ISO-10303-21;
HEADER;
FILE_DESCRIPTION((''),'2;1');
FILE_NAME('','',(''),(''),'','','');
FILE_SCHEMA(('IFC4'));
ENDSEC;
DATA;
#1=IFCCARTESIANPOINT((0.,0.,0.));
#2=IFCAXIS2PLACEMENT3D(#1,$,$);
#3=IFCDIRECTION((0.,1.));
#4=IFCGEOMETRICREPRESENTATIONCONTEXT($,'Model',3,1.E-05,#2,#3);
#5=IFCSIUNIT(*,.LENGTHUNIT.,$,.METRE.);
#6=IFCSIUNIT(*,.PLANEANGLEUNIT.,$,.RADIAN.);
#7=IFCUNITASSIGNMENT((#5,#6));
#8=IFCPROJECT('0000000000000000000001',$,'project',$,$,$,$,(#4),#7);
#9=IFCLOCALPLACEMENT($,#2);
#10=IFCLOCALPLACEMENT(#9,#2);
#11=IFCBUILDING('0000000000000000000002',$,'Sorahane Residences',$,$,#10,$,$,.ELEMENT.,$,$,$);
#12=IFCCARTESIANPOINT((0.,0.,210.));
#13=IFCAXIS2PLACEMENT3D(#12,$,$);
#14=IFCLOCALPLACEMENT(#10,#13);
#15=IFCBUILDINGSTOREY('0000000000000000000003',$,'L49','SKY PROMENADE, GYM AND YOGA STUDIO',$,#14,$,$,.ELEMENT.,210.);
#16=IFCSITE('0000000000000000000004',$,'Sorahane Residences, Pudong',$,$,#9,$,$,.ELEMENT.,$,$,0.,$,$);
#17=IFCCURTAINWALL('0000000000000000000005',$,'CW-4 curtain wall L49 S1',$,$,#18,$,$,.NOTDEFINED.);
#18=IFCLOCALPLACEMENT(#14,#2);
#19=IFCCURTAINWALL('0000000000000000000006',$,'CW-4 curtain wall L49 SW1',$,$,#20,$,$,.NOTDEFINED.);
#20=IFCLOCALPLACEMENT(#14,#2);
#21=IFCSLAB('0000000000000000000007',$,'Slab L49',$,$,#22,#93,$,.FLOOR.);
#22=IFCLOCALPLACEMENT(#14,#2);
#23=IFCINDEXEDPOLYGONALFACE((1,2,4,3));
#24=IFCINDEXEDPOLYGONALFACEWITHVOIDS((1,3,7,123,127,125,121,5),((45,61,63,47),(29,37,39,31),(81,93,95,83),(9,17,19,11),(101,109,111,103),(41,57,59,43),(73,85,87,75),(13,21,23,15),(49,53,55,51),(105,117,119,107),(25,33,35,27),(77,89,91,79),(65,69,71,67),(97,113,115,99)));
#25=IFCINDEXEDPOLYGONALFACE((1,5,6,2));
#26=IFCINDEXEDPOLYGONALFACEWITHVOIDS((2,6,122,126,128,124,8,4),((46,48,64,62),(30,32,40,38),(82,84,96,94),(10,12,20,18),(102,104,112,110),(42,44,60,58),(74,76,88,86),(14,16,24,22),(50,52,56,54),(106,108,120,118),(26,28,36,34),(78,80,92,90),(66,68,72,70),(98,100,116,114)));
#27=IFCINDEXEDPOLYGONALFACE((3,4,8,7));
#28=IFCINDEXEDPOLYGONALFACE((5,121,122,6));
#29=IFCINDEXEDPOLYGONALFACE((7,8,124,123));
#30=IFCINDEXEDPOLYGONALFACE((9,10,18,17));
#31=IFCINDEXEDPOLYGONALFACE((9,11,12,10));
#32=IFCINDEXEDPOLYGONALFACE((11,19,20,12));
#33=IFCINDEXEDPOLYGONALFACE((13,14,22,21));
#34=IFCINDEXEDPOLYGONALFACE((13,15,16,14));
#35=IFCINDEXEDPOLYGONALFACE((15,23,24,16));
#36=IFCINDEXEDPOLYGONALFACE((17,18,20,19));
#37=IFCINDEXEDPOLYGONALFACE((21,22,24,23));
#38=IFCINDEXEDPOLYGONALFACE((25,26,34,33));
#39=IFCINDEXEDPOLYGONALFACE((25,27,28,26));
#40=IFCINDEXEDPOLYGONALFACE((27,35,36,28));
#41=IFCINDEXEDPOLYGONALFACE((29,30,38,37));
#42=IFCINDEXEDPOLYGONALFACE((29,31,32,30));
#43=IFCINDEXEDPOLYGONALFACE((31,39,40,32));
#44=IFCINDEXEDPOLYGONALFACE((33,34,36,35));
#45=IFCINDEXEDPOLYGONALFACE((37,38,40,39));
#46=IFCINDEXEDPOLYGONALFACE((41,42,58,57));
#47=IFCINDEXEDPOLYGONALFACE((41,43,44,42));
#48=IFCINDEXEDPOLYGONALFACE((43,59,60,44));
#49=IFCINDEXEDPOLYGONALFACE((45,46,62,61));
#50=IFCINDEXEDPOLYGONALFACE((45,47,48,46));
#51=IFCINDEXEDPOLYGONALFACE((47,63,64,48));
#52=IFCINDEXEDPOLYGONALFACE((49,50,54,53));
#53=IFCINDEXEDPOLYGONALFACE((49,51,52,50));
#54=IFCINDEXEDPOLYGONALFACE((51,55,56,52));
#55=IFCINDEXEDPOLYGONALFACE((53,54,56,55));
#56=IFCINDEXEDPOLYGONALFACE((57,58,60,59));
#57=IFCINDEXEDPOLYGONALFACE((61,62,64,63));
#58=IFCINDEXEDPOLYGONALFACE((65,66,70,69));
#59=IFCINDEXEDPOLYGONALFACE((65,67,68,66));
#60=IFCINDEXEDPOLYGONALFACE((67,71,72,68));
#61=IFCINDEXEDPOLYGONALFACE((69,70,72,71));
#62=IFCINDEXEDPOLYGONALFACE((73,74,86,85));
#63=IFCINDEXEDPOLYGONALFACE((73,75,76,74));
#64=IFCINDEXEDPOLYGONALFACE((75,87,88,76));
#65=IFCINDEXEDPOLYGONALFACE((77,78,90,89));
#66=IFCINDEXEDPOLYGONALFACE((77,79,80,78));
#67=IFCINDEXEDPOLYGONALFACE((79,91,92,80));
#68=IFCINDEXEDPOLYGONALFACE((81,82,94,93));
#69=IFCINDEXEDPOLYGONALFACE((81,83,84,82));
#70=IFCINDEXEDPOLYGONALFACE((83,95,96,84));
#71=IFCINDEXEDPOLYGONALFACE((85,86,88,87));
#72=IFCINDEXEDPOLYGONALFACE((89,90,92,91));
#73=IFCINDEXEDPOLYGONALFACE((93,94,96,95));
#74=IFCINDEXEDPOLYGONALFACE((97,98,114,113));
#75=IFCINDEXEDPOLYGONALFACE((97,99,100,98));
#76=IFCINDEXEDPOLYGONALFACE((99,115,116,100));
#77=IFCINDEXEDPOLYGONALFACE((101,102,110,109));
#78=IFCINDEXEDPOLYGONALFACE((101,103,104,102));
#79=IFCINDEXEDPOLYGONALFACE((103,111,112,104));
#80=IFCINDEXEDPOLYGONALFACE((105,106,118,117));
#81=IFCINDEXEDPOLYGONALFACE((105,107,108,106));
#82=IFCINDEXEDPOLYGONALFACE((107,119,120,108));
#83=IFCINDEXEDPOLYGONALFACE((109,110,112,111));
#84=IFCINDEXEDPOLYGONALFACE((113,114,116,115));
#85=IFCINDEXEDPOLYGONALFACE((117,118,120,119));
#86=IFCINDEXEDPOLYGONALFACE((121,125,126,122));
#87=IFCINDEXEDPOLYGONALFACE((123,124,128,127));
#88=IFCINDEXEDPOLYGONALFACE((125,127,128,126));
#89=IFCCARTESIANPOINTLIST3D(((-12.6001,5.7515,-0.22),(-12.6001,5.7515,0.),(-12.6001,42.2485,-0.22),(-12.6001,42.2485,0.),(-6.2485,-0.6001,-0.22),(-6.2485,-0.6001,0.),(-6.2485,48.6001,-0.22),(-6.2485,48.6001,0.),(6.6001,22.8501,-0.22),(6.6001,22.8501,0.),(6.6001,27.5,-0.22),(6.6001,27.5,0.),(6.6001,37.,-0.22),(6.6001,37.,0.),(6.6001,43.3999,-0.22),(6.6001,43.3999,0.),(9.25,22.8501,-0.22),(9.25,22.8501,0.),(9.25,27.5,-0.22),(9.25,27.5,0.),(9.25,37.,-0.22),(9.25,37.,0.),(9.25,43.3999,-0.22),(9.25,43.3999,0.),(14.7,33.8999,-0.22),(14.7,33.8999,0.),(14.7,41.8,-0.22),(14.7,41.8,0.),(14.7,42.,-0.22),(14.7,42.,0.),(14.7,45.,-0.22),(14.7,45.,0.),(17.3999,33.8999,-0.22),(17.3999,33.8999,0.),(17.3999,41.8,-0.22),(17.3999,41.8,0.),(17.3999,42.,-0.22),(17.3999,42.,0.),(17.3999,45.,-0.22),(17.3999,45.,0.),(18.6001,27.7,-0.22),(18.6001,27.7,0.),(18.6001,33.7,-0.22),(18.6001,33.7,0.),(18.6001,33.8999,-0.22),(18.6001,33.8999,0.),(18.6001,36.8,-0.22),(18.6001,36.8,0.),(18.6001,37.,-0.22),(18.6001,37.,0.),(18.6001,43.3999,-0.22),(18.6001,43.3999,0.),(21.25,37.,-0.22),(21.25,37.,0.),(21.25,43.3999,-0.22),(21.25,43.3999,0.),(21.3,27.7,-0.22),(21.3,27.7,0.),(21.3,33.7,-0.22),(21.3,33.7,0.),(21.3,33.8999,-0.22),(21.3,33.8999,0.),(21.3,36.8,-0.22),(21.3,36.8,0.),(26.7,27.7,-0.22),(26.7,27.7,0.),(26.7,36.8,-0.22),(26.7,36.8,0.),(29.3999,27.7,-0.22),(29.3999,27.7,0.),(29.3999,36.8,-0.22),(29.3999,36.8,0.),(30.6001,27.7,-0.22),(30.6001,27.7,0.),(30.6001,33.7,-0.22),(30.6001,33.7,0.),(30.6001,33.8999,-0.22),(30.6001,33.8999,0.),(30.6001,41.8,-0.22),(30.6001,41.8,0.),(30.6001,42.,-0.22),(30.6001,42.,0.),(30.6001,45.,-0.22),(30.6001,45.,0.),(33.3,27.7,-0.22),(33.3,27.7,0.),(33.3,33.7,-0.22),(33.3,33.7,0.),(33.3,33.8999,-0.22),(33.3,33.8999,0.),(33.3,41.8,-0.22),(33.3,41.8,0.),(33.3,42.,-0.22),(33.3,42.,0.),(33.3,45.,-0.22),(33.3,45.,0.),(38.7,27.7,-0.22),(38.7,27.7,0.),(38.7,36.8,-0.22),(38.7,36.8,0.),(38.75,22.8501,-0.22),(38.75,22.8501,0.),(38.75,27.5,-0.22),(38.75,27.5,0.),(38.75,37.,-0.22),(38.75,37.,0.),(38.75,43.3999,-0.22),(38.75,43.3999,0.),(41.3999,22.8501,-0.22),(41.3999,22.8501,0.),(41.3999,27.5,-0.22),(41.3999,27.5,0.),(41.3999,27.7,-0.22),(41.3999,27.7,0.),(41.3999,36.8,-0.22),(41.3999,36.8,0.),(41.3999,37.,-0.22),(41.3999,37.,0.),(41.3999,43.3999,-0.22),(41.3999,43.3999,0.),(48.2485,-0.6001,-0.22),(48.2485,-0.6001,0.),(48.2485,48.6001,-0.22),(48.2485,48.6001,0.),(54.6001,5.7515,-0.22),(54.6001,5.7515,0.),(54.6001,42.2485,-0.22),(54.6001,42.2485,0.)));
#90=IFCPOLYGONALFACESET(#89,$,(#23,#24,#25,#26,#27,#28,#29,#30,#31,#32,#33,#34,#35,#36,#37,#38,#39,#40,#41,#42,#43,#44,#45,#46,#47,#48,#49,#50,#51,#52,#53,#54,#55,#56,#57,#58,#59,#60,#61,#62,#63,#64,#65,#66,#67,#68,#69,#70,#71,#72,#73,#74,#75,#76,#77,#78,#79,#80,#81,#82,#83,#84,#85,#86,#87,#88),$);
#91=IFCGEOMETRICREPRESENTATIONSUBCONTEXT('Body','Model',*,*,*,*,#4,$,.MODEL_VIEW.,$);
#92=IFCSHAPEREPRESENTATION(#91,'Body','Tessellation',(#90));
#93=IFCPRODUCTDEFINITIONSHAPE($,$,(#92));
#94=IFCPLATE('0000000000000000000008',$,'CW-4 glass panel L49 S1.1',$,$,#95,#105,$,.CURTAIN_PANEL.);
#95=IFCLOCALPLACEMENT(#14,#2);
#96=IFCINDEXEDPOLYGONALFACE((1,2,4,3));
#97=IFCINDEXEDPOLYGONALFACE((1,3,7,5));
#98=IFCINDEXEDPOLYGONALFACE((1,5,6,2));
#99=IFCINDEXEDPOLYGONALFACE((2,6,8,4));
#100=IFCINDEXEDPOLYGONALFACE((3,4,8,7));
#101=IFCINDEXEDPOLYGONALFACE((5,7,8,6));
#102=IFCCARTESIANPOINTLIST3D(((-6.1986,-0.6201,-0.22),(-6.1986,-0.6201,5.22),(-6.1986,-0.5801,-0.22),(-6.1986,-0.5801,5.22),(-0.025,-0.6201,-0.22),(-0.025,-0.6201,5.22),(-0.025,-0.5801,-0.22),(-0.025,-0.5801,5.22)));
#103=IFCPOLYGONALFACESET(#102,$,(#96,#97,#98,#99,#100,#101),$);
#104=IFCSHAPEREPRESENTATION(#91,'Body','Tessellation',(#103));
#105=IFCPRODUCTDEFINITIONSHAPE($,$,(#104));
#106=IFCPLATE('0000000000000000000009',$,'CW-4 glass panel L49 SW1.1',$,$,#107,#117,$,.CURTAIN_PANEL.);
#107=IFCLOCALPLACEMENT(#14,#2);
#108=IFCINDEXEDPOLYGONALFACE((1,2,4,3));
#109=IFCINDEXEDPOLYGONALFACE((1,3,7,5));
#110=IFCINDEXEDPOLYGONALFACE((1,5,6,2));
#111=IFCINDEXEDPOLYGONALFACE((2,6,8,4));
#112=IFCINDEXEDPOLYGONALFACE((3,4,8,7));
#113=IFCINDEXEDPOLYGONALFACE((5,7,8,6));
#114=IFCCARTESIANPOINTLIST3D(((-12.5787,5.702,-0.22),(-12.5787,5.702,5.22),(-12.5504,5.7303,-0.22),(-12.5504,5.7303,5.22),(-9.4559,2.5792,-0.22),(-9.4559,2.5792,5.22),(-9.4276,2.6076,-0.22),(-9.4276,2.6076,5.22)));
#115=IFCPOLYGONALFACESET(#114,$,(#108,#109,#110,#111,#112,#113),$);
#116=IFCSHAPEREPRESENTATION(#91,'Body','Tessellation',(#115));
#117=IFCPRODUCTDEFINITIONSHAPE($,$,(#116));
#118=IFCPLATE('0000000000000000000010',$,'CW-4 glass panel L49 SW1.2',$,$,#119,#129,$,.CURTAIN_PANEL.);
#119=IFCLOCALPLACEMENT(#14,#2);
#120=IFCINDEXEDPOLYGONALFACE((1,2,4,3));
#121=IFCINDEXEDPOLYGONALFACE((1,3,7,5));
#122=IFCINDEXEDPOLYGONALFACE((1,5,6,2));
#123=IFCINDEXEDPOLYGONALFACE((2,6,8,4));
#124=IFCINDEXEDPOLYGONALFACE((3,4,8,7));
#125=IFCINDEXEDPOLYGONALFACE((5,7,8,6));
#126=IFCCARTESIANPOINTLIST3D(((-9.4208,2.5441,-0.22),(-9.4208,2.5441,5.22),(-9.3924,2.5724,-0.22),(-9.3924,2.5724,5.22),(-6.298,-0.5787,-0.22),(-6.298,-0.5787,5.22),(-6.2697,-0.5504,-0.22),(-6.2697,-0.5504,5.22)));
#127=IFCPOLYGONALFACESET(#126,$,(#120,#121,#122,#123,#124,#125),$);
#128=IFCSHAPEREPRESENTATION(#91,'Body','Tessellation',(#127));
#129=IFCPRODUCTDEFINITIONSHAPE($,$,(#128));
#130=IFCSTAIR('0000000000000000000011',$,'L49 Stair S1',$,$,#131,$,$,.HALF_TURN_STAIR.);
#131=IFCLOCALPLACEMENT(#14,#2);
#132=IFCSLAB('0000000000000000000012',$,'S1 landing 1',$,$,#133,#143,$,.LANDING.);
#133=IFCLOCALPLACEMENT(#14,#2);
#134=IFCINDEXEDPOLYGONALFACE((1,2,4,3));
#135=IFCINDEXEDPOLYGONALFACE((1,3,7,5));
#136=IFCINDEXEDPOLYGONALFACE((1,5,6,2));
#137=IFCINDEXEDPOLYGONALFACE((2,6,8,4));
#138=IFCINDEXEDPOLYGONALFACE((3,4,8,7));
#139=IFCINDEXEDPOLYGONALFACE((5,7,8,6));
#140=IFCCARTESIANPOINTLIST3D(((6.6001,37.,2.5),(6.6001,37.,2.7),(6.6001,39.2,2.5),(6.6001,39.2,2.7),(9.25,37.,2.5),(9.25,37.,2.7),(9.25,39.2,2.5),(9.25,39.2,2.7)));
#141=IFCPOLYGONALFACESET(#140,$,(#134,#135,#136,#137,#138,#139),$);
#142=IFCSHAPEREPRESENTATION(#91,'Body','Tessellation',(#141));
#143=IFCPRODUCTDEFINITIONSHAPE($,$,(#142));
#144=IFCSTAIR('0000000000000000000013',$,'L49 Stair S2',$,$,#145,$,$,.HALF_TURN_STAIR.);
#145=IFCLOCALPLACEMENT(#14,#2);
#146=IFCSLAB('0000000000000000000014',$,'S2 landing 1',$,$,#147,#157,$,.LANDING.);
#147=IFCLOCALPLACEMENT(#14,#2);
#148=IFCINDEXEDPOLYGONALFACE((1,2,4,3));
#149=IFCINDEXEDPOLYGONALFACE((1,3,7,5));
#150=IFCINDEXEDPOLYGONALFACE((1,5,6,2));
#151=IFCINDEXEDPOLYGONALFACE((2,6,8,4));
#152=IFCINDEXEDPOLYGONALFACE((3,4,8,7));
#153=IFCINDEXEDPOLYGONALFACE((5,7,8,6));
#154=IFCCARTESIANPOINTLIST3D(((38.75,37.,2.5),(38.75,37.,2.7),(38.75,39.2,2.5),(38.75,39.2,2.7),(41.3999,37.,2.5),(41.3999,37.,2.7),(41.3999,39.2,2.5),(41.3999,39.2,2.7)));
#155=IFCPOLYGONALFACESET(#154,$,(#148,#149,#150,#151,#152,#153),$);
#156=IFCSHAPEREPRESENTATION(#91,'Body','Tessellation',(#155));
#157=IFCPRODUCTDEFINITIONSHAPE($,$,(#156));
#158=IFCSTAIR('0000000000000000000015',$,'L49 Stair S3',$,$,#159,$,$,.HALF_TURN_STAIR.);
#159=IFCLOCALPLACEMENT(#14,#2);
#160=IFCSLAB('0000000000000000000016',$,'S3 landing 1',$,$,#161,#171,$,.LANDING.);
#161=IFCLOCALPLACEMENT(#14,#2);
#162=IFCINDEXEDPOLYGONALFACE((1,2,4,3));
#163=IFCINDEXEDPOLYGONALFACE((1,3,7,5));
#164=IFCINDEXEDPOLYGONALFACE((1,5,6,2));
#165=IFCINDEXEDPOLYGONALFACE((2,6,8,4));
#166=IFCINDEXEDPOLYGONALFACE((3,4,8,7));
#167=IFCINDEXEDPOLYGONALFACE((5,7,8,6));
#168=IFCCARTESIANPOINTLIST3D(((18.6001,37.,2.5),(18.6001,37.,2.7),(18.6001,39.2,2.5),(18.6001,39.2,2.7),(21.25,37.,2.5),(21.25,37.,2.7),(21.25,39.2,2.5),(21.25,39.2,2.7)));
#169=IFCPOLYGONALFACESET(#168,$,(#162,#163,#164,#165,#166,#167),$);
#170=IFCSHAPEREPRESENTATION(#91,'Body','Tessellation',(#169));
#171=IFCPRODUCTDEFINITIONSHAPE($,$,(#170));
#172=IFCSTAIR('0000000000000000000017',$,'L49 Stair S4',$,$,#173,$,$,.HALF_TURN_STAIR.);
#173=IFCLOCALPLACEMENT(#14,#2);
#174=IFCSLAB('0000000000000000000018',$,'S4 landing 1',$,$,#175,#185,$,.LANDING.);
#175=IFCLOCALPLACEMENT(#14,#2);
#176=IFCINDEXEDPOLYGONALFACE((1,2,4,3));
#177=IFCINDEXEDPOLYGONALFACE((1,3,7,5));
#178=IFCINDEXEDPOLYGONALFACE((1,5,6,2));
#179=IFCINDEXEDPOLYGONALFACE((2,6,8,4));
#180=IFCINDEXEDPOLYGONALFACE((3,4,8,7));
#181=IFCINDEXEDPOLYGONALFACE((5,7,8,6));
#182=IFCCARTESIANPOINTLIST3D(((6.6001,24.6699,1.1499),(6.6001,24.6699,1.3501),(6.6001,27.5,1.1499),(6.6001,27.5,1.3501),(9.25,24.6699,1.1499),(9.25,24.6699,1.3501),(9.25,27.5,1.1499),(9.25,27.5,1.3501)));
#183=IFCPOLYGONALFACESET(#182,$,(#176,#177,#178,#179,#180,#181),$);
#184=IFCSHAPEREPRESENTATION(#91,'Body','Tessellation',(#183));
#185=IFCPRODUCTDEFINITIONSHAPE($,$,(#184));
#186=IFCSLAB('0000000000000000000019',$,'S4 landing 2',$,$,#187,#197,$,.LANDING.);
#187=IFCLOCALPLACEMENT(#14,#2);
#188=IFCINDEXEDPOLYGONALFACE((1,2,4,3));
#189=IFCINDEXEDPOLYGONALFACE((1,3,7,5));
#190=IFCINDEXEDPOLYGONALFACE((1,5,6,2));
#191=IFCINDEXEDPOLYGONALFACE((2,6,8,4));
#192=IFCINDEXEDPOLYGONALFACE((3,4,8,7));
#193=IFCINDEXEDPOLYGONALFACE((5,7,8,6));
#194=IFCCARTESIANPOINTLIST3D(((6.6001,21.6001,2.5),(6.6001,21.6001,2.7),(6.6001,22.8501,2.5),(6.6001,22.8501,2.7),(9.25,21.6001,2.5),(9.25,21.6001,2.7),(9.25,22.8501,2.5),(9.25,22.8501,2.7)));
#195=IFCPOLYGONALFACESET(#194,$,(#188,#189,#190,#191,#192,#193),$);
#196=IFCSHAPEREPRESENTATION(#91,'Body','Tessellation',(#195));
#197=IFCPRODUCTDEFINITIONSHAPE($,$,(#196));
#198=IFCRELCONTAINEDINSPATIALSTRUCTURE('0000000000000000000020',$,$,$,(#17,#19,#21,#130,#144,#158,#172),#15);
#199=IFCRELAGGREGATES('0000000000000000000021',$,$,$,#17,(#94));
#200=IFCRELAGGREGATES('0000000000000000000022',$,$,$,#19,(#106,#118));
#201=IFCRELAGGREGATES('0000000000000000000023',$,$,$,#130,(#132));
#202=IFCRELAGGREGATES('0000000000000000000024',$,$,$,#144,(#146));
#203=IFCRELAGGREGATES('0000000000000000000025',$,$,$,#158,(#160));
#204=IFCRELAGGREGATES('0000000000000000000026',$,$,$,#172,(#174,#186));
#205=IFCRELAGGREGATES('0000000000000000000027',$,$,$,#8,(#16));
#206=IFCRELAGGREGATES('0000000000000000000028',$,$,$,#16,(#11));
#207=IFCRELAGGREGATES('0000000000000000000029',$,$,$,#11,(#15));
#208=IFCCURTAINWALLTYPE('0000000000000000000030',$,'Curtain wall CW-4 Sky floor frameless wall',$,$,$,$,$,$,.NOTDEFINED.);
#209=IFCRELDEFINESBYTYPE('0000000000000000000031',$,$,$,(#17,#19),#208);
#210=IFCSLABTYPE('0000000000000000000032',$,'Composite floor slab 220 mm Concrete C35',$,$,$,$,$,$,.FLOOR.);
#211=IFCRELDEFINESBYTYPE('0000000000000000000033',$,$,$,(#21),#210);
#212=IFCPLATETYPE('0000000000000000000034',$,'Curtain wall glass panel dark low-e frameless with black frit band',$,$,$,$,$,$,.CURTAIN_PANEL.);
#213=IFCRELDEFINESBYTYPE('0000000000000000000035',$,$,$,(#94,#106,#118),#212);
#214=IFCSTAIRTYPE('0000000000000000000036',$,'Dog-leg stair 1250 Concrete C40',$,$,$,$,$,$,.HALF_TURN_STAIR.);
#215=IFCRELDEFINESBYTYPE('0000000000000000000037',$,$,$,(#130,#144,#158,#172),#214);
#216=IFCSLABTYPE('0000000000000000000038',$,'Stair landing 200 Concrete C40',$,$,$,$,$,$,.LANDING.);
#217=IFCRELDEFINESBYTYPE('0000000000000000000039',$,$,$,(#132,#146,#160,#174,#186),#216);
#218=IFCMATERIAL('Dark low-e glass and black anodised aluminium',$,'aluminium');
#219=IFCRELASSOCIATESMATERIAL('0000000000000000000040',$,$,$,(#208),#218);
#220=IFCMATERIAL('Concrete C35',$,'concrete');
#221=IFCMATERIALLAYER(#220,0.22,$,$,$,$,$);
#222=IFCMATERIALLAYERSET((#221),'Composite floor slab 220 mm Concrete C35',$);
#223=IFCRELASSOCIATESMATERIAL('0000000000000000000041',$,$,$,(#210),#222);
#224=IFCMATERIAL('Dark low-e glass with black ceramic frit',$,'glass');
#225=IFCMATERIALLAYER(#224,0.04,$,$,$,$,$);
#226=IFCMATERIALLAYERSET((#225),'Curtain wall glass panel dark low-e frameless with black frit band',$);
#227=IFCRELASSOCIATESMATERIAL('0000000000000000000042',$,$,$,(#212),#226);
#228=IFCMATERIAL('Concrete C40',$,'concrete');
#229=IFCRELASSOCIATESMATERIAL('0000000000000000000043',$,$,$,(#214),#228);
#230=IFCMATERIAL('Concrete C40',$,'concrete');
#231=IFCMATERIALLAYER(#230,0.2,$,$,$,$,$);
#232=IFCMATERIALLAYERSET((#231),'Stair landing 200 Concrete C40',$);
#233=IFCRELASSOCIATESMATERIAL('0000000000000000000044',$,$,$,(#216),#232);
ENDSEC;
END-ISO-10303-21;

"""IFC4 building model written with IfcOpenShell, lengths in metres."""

from ifc_helpers import new_model, si_unit, direction, frame, origin, origin_2d, place, context, subcontext, project, spatial, polyline, rectangle, outline, extrude, material, layer, layer_set, type_object, element, aggregate, save


model = new_model("IFC4")

# Units and contexts
model_context = context("Model", 3, precision=1e-05, world=origin(), true_north=direction((0.0, 1.0)))
body_context = subcontext(model_context, "Body", "Model", "MODEL_VIEW")
ifc_project = project(units=[si_unit("LENGTHUNIT", "METRE"), si_unit("PLANEANGLEUNIT", "RADIAN")], contexts=[model_context])

# Site, building, storey
site_placement = place(None, origin())
site = spatial("IfcSite", under=ifc_project, at=site_placement, Name="Sorahane Residences, Pudong", CompositionType="ELEMENT", RefElevation=0.0)
building_placement = place(site_placement, origin())
building = spatial("IfcBuilding", under=site, at=building_placement, Name="Sorahane Residences", CompositionType="ELEMENT")
storey_placement = place(building_placement, frame((0.0, 0.0, 210.0)))
storey = spatial("IfcBuildingStorey", under=building, at=storey_placement, Name="L49", Description="SKY PROMENADE, GYM AND YOGA STUDIO", CompositionType="ELEMENT", Elevation=210.0)

# Curtain wall
ifc_material_1 = material(Name="Dark low-e glass and black anodised aluminium", Category="aluminium")
curtain_wall_type = type_object("IfcCurtainWallType", Name="Curtain wall CW-4 Sky floor frameless wall", PredefinedType="NOTDEFINED", material=ifc_material_1)
curtain_wall_1_placement = place(storey_placement, origin())
curtain_wall_1 = element("IfcCurtainWall", 1, at=curtain_wall_1_placement, inside=storey, type_object=curtain_wall_type, Name="CW-4 curtain wall L49 S1", PredefinedType="NOTDEFINED")

# Curtain wall
curtain_wall_2_placement = place(storey_placement, origin())
curtain_wall_2 = element("IfcCurtainWall", 2, at=curtain_wall_2_placement, inside=storey, type_object=curtain_wall_type, Name="CW-4 curtain wall L49 SW1", PredefinedType="NOTDEFINED")

# Slab
ifc_material_2 = material(Name="Concrete C35", Category="concrete")
ifc_layer_1 = layer(ifc_material_2, 0.22)
ifc_layer_set_1 = layer_set([ifc_layer_1], Name="Composite floor slab 220 mm Concrete C35")
slab_type_1 = type_object("IfcSlabType", Name="Composite floor slab 220 mm Concrete C35", PredefinedType="FLOOR", material=ifc_layer_set_1)
slab_1_placement = place(storey_placement, frame((0.0, 0.0, -0.22)))
element("IfcSlab", 3, at=slab_1_placement, inside=storey, type_object=slab_type_1, Name="Slab L49", PredefinedType="FLOOR", context=body_context, shape_type="SweptSolid", body=[
    extrude(outline(polyline([(-6.2485, -0.6001), (-12.6001, 5.7515), (-12.6001, 42.2485), (-6.2485, 48.6001), (48.2485, 48.6001), (54.6001, 42.2485), (54.6001, 5.7515), (48.2485, -0.6001), (-6.2485, -0.6001)]), holes=[polyline([(18.6001, 27.7), (21.3, 27.7), (21.3, 33.7), (18.6001, 33.7), (18.6001, 27.7)]), polyline([(38.7, 27.7), (41.3999, 27.7), (41.3999, 36.8), (38.7, 36.8), (38.7, 27.7)]), polyline([(30.6001, 27.7), (33.3, 27.7), (33.3, 33.7), (30.6001, 33.7), (30.6001, 27.7)]), polyline([(30.6001, 42.0), (33.3, 42.0), (33.3, 45.0), (30.6001, 45.0), (30.6001, 42.0)]), polyline([(14.7, 42.0), (17.3999, 42.0), (17.3999, 45.0), (14.7, 45.0), (14.7, 42.0)]), polyline([(6.6001, 43.3999), (6.6001, 37.0), (9.25, 37.0), (9.25, 43.3999), (6.6001, 43.3999)]), polyline([(38.75, 43.3999), (38.75, 37.0), (41.3999, 37.0), (41.3999, 43.3999), (38.75, 43.3999)]), polyline([(18.6001, 43.3999), (18.6001, 37.0), (21.25, 37.0), (21.25, 43.3999), (18.6001, 43.3999)]), polyline([(9.25, 22.8501), (9.25, 27.5), (6.6001, 27.5), (6.6001, 22.8501), (9.25, 22.8501)]), polyline([(41.3999, 22.8501), (41.3999, 27.5), (38.75, 27.5), (38.75, 22.8501), (41.3999, 22.8501)]), polyline([(14.7, 33.8999), (17.3999, 33.8999), (17.3999, 41.8), (14.7, 41.8), (14.7, 33.8999)]), polyline([(30.6001, 33.8999), (33.3, 33.8999), (33.3, 41.8), (30.6001, 41.8), (30.6001, 33.8999)]), polyline([(18.6001, 33.8999), (21.3, 33.8999), (21.3, 36.8), (18.6001, 36.8), (18.6001, 33.8999)]), polyline([(26.7, 27.7), (29.3999, 27.7), (29.3999, 36.8), (26.7, 36.8), (26.7, 27.7)])]), origin(), (0.0, 0.0, 1.0), 0.22),
])

# Plates
ifc_material_3 = material(Name="Dark low-e glass with black ceramic frit", Category="glass")
ifc_layer_2 = layer(ifc_material_3, 0.04)
ifc_layer_set_2 = layer_set([ifc_layer_2], Name="Curtain wall glass panel dark low-e frameless with black frit band")
plate_type = type_object("IfcPlateType", Name="Curtain wall glass panel dark low-e frameless with black frit band", PredefinedType="CURTAIN_PANEL", material=ifc_layer_set_2)
plate_1_placement = place(storey_placement, frame((-3.1118, -0.6001, -0.22), z_axis=(0.0, 0.0, 1.0), x_axis=(1.0, 0.0, 0.0)))
plate_1 = element("IfcPlate", 4, at=plate_1_placement, type_object=plate_type, Name="CW-4 glass panel L49 S1.1", PredefinedType="CURTAIN_PANEL", context=body_context, shape_type="SweptSolid", body=[
    extrude(rectangle(XDim=6.1736, YDim=0.04, at=origin_2d()), origin(), (0.0, 0.0, 1.0), 5.4399),
])
aggregate(curtain_wall_1, [plate_1])
plate_2_placement = place(storey_placement, frame((-11.0032, 4.1548, -0.22), z_axis=(0.0, 0.0, 1.0), x_axis=(0.707107, -0.707107, 0.0)))
plate_2 = element("IfcPlate", 5, at=plate_2_placement, type_object=plate_type, Name="CW-4 glass panel L49 SW1.1", PredefinedType="CURTAIN_PANEL", context=body_context, shape_type="SweptSolid", body=[
    extrude(rectangle(XDim=4.4163, YDim=0.04, at=origin_2d()), origin(), (0.0, 0.0, 1.0), 5.4399),
])
plate_3_placement = place(storey_placement, frame((-7.8452, 0.9968, -0.22), z_axis=(0.0, 0.0, 1.0), x_axis=(0.707107, -0.707107, 0.0)))
plate_3 = element("IfcPlate", 6, at=plate_3_placement, type_object=plate_type, Name="CW-4 glass panel L49 SW1.2", PredefinedType="CURTAIN_PANEL", context=body_context, shape_type="SweptSolid", body=[
    extrude(rectangle(XDim=4.4163, YDim=0.04, at=origin_2d()), origin(), (0.0, 0.0, 1.0), 5.4399),
])
aggregate(curtain_wall_2, [plate_2, plate_3])

# Stairs, slabs
ifc_material_4 = material(Name="Concrete C40", Category="concrete")
stair_type = type_object("IfcStairType", Name="Dog-leg stair 1250 Concrete C40", PredefinedType="HALF_TURN_STAIR", material=ifc_material_4)
stair_1_placement = place(storey_placement, origin())
stair_1 = element("IfcStair", 7, at=stair_1_placement, inside=storey, type_object=stair_type, Name="L49 Stair S1", PredefinedType="HALF_TURN_STAIR")
ifc_material_5 = material(Name="Concrete C40", Category="concrete")
ifc_layer_3 = layer(ifc_material_5, 0.2)
ifc_layer_set_3 = layer_set([ifc_layer_3], Name="Stair landing 200 Concrete C40")
slab_type_2 = type_object("IfcSlabType", Name="Stair landing 200 Concrete C40", PredefinedType="LANDING", material=ifc_layer_set_3)
slab_2_placement = place(storey_placement, frame((0.0, 0.0, 2.5)))
slab_2 = element("IfcSlab", 8, at=slab_2_placement, type_object=slab_type_2, Name="S1 landing 1", PredefinedType="LANDING", context=body_context, shape_type="SweptSolid", body=[
    extrude(outline(polyline([(6.6001, 39.2), (6.6001, 37.0), (9.25, 37.0), (9.25, 39.2), (6.6001, 39.2)])), origin(), (0.0, 0.0, 1.0), 0.2),
])
aggregate(stair_1, [slab_2])
stair_2_placement = place(storey_placement, origin())
stair_2 = element("IfcStair", 9, at=stair_2_placement, inside=storey, type_object=stair_type, Name="L49 Stair S2", PredefinedType="HALF_TURN_STAIR")
slab_3_placement = place(storey_placement, frame((0.0, 0.0, 2.5)))
slab_3 = element("IfcSlab", 10, at=slab_3_placement, type_object=slab_type_2, Name="S2 landing 1", PredefinedType="LANDING", context=body_context, shape_type="SweptSolid", body=[
    extrude(outline(polyline([(38.75, 39.2), (38.75, 37.0), (41.3999, 37.0), (41.3999, 39.2), (38.75, 39.2)])), origin(), (0.0, 0.0, 1.0), 0.2),
])
aggregate(stair_2, [slab_3])
stair_3_placement = place(storey_placement, origin())
stair_3 = element("IfcStair", 11, at=stair_3_placement, inside=storey, type_object=stair_type, Name="L49 Stair S3", PredefinedType="HALF_TURN_STAIR")
slab_4_placement = place(storey_placement, frame((0.0, 0.0, 2.5)))
slab_4 = element("IfcSlab", 12, at=slab_4_placement, type_object=slab_type_2, Name="S3 landing 1", PredefinedType="LANDING", context=body_context, shape_type="SweptSolid", body=[
    extrude(outline(polyline([(18.6001, 39.2), (18.6001, 37.0), (21.25, 37.0), (21.25, 39.2), (18.6001, 39.2)])), origin(), (0.0, 0.0, 1.0), 0.2),
])
aggregate(stair_3, [slab_4])

# Stair, slabs
stair_4_placement = place(storey_placement, origin())
stair_4 = element("IfcStair", 13, at=stair_4_placement, inside=storey, type_object=stair_type, Name="L49 Stair S4", PredefinedType="HALF_TURN_STAIR")
slab_5_placement = place(storey_placement, frame((0.0, 0.0, 1.1499)))
slab_5 = element("IfcSlab", 14, at=slab_5_placement, type_object=slab_type_2, Name="S4 landing 1", PredefinedType="LANDING", context=body_context, shape_type="SweptSolid", body=[
    extrude(outline(polyline([(9.25, 24.6699), (9.25, 27.5), (6.6001, 27.5), (6.6001, 24.6699), (9.25, 24.6699)])), origin(), (0.0, 0.0, 1.0), 0.2002),
])
slab_6_placement = place(storey_placement, frame((0.0, 0.0, 2.5)))
slab_6 = element("IfcSlab", 15, at=slab_6_placement, type_object=slab_type_2, Name="S4 landing 2", PredefinedType="LANDING", context=body_context, shape_type="SweptSolid", body=[
    extrude(outline(polyline([(9.25, 21.6001), (9.25, 22.8501), (6.6001, 22.8501), (6.6001, 21.6001), (9.25, 21.6001)])), origin(), (0.0, 0.0, 1.0), 0.2),
])
aggregate(stair_4, [slab_5, slab_6])

save(model, "model.ifc")
